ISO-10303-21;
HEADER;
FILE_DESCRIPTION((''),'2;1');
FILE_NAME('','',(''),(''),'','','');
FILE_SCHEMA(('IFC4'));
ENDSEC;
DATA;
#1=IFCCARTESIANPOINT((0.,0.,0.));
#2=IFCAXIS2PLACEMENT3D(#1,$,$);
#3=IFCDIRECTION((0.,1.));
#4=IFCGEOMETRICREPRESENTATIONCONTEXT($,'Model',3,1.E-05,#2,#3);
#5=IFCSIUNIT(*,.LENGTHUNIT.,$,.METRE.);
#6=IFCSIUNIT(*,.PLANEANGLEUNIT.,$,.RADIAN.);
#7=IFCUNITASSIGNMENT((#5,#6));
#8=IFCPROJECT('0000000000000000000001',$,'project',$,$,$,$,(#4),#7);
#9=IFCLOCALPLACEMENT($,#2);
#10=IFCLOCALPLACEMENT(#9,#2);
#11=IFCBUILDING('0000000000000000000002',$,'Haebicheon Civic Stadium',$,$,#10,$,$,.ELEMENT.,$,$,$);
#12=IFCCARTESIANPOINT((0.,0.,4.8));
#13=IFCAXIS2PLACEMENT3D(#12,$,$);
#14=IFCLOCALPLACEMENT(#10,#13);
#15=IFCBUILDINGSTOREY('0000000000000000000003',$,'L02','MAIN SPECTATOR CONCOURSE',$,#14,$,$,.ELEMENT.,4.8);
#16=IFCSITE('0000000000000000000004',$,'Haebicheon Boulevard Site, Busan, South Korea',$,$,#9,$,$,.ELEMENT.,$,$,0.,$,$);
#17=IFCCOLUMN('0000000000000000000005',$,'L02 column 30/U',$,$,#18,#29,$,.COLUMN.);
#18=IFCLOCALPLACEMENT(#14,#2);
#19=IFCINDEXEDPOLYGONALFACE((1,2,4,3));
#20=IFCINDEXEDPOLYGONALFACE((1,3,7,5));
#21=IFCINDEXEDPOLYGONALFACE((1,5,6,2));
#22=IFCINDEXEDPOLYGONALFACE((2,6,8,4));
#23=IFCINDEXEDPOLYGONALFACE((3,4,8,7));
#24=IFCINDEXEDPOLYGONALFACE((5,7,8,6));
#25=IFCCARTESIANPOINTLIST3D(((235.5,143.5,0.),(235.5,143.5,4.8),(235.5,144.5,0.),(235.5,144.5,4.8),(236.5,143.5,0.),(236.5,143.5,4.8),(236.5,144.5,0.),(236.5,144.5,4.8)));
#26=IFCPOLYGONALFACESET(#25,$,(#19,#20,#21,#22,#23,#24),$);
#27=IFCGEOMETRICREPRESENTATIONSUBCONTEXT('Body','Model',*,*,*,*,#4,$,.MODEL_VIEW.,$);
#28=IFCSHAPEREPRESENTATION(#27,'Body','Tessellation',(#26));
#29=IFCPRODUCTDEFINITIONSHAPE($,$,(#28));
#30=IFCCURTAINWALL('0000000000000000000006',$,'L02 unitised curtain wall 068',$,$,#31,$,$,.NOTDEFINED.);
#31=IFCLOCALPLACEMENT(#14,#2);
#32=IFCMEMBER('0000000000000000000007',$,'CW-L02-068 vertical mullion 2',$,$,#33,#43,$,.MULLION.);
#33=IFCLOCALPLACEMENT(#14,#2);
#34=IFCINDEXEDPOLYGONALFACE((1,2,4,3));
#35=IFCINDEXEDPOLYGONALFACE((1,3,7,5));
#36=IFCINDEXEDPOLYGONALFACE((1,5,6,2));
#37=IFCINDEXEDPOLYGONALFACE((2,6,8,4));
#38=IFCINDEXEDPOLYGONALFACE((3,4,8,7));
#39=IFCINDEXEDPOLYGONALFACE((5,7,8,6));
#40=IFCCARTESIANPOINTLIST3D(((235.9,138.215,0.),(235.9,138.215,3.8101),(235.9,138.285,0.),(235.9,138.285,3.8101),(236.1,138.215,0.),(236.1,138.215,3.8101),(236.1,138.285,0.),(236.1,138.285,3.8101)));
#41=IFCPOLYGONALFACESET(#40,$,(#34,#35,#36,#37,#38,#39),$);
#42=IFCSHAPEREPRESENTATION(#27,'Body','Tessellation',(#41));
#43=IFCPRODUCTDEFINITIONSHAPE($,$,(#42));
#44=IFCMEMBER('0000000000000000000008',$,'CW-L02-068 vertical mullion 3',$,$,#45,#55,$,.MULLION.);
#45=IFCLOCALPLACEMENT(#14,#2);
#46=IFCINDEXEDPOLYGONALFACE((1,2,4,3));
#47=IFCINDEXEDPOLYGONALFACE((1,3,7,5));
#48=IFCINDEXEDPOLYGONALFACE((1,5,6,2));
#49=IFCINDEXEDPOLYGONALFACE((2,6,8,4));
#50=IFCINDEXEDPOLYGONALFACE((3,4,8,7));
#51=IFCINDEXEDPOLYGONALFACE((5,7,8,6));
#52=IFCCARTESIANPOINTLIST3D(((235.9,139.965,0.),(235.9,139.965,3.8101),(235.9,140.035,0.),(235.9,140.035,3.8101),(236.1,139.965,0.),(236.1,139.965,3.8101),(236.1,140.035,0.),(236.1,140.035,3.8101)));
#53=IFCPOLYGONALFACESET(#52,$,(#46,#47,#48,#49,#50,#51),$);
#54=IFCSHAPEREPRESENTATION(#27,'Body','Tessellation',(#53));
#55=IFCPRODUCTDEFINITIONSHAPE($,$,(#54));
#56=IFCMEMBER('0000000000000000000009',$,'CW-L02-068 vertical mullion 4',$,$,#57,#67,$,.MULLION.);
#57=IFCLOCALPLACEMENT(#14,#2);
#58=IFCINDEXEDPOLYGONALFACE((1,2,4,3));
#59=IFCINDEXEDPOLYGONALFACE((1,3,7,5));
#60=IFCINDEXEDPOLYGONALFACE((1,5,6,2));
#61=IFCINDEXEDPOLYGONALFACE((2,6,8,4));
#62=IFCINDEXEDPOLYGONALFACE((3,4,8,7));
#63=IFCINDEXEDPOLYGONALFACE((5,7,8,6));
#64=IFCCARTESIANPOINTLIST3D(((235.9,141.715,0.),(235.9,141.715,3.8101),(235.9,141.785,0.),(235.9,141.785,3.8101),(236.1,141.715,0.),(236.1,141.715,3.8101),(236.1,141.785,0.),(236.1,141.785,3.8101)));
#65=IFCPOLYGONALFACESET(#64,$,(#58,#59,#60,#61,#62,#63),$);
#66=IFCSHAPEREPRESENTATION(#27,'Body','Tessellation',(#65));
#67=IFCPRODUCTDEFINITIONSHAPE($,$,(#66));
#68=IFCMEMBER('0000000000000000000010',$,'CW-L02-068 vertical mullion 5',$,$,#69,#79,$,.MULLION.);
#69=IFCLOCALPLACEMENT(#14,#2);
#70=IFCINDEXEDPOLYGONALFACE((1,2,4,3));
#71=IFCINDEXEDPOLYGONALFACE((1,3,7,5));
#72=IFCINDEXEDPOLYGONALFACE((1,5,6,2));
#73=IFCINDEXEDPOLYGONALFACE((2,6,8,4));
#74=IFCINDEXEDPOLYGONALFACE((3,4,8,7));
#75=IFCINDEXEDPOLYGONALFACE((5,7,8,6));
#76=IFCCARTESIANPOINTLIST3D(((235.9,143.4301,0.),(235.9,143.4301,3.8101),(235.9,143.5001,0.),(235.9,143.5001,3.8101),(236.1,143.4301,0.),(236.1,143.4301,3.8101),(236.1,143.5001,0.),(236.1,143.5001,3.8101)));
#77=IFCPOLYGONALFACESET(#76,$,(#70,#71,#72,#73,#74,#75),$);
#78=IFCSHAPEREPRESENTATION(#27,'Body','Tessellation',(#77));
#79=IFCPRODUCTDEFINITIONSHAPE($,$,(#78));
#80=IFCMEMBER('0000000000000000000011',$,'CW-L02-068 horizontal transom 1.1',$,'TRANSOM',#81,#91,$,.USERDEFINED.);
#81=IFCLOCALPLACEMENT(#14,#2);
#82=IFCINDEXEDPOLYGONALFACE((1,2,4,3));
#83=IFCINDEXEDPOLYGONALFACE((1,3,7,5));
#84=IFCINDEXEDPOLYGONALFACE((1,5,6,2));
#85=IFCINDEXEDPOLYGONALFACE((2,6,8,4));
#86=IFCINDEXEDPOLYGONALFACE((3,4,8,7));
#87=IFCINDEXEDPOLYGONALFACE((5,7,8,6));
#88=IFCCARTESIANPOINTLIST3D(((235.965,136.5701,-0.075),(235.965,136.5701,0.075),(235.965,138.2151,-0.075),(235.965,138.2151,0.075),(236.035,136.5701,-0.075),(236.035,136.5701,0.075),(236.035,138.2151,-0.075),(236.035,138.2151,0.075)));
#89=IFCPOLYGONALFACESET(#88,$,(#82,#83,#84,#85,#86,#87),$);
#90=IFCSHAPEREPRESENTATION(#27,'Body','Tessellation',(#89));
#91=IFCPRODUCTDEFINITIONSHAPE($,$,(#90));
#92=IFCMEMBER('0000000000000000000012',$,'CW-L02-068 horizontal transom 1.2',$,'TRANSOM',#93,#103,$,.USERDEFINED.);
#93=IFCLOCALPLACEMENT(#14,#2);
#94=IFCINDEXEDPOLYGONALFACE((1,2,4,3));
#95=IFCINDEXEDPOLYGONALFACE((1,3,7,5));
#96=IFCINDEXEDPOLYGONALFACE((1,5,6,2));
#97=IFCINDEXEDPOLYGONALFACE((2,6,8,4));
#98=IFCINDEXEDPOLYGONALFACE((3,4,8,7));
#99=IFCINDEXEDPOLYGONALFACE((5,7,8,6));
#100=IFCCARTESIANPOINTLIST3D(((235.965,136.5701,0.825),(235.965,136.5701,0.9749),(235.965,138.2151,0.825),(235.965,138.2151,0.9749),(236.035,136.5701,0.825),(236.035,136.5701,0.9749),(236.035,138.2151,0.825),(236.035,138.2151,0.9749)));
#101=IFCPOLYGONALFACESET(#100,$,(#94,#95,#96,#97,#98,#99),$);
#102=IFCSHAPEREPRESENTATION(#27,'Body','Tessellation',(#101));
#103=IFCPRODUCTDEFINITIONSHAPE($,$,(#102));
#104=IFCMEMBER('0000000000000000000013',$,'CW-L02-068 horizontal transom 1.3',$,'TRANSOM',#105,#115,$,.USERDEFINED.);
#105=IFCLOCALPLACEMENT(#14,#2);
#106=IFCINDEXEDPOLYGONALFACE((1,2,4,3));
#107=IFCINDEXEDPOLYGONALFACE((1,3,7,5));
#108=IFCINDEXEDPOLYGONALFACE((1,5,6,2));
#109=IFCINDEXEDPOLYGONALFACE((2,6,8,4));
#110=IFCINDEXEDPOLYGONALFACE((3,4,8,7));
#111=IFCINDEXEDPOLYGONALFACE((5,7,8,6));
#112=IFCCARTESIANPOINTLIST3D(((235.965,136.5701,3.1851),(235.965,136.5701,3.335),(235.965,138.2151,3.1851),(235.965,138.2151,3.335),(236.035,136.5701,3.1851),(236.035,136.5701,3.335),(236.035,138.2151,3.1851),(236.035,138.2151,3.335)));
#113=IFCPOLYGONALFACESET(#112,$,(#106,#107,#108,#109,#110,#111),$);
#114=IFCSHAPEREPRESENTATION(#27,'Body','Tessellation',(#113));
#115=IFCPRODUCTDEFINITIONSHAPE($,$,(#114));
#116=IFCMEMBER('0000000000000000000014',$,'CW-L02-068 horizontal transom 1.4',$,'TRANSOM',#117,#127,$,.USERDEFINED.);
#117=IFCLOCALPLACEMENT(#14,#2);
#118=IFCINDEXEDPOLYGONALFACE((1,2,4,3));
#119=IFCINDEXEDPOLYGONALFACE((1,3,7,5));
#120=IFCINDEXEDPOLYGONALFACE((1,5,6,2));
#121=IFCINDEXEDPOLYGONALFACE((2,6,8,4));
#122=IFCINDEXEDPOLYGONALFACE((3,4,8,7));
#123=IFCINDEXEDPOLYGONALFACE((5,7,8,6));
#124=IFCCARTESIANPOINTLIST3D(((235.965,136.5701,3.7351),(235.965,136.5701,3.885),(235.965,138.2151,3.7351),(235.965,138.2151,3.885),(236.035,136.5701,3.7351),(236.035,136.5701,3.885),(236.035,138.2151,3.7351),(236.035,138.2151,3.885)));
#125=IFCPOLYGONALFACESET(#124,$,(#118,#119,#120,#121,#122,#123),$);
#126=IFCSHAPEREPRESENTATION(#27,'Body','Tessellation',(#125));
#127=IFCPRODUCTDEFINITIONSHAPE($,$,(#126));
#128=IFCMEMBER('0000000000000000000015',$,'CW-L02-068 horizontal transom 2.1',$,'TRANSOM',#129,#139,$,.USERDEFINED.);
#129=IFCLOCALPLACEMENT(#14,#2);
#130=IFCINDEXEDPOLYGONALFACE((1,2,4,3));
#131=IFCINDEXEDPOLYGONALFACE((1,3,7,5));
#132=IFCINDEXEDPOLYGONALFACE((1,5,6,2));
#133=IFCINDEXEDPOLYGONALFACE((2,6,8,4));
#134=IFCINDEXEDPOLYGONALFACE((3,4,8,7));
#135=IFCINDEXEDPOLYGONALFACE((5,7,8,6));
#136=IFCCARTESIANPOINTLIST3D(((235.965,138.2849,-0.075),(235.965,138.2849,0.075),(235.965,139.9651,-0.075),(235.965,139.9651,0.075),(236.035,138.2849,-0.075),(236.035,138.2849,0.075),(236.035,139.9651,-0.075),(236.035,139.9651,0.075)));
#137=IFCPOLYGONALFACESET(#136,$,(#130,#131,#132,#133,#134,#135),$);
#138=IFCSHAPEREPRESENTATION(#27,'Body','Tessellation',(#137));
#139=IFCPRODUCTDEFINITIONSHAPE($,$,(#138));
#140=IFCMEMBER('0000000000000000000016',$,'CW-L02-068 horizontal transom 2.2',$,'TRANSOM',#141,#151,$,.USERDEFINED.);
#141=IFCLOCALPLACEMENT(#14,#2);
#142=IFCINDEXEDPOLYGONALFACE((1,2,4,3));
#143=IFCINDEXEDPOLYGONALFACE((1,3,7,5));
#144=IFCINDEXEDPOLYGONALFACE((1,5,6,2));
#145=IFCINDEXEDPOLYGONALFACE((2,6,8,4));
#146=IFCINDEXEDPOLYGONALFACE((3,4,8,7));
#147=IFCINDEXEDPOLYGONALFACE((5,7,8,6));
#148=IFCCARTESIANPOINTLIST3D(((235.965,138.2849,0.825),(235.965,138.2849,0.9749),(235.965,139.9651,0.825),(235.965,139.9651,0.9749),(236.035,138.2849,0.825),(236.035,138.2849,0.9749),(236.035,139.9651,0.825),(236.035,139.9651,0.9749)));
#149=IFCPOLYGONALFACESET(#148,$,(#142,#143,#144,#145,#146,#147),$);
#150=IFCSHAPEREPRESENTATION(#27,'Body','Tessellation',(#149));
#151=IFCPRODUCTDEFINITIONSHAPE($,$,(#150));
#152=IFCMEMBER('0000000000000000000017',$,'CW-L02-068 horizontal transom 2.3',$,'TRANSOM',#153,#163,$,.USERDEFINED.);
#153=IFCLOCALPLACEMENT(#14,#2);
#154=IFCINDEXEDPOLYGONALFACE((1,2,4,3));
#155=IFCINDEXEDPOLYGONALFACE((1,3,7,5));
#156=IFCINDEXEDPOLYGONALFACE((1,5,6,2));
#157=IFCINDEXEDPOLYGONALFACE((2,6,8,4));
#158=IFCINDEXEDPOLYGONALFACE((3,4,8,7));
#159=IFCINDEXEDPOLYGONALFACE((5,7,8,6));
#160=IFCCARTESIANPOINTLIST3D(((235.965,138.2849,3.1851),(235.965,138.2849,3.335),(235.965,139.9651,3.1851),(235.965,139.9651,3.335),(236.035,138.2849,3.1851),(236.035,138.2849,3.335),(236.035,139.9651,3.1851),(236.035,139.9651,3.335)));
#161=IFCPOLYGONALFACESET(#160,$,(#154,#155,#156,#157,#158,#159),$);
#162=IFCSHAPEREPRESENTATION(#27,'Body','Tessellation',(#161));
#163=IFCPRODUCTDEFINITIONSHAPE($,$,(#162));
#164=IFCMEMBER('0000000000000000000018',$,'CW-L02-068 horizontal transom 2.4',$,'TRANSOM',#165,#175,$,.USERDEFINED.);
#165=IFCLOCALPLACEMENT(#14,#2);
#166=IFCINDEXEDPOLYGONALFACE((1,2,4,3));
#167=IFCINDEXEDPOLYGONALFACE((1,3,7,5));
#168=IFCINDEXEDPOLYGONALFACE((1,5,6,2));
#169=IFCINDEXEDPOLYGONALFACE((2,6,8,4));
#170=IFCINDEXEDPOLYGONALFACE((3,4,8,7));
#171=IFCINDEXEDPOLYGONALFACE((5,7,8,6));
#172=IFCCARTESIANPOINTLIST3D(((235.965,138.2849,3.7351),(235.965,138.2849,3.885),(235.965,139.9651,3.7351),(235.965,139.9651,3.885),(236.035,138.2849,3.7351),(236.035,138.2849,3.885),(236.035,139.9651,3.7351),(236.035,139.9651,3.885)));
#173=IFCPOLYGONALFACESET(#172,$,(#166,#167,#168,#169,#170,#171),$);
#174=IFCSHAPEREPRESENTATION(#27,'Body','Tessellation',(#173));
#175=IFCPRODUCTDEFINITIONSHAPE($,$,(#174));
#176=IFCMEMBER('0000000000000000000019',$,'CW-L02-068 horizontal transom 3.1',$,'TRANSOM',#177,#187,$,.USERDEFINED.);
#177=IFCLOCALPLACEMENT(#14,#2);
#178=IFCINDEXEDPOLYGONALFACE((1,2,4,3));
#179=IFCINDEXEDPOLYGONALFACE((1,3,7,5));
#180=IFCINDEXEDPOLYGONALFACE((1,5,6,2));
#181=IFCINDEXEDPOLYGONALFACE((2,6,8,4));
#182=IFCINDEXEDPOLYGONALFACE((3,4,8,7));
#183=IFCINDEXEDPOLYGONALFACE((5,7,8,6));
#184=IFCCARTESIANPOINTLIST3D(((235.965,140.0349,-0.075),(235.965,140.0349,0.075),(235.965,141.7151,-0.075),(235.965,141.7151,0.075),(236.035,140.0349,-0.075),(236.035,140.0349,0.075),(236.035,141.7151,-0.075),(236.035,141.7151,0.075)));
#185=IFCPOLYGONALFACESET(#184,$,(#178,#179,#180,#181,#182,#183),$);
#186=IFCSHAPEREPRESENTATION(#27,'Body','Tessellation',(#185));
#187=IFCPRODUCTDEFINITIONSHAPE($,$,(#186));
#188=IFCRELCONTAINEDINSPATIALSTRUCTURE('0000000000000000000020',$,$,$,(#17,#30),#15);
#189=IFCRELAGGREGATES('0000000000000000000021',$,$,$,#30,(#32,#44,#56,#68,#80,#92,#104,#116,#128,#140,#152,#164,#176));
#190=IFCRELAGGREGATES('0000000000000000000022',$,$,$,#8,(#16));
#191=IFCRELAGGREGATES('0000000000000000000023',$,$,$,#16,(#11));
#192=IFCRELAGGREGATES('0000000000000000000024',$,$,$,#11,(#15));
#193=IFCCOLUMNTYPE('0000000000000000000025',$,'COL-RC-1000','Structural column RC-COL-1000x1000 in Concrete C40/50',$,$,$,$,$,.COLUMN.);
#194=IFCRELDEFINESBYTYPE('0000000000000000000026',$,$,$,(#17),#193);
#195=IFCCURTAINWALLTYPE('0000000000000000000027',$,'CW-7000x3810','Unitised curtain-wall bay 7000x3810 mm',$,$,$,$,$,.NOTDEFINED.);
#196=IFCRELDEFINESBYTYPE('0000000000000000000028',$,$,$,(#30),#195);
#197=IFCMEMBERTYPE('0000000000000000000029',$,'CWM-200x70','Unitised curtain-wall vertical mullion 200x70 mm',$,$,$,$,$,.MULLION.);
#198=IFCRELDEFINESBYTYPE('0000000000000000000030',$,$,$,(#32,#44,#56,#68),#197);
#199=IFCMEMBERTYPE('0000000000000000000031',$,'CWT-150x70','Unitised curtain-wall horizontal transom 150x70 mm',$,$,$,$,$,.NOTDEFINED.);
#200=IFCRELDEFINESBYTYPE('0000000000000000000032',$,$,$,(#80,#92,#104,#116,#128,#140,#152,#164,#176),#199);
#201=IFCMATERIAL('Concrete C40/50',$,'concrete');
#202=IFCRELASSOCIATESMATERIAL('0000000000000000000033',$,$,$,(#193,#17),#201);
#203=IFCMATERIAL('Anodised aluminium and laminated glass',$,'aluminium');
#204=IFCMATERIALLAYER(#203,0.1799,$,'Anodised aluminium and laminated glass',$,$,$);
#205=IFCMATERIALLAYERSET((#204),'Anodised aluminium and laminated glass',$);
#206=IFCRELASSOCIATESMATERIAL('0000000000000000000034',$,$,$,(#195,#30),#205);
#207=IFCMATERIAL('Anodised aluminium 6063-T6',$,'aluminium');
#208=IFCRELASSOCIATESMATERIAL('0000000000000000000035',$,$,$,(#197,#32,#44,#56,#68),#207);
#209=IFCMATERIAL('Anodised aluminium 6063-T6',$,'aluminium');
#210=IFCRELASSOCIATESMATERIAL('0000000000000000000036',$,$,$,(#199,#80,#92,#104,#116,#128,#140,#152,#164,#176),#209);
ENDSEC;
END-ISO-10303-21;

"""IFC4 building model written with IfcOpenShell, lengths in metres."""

from ifc_helpers import new_model, si_unit, direction, frame, origin, origin_2d, place, context, subcontext, project, spatial, rectangle, extrude, material, layer, layer_set, material_profile, profile_set, type_object, element, aggregate, save


model = new_model("IFC4")

# Units and contexts
model_context = context("Model", 3, precision=1e-05, world=origin(), true_north=direction((0.0, 1.0)))
body_context = subcontext(model_context, "Body", "Model", "MODEL_VIEW")
ifc_project = project(units=[si_unit("LENGTHUNIT", "METRE"), si_unit("PLANEANGLEUNIT", "RADIAN")], contexts=[model_context])

# Site, building, storey
site_placement = place(None, origin())
site = spatial("IfcSite", under=ifc_project, at=site_placement, Name="Haebicheon Boulevard Site, Busan, South Korea", CompositionType="ELEMENT", RefElevation=0.0)
building_placement = place(site_placement, origin())
building = spatial("IfcBuilding", under=site, at=building_placement, Name="Haebicheon Civic Stadium", CompositionType="ELEMENT")
storey_placement = place(building_placement, frame((0.0, 0.0, 4.8)))
storey = spatial("IfcBuildingStorey", under=building, at=storey_placement, Name="L02", Description="MAIN SPECTATOR CONCOURSE", CompositionType="ELEMENT", Elevation=4.8)

# Column
ifc_material_1 = material(Name="Concrete C40/50", Category="concrete")
ifc_material_profile_1 = material_profile(ifc_material_1, rectangle(XDim=1.0, YDim=1.0, at=origin_2d()), Name="RC-COL-1000x1000")
ifc_profile_set_1 = profile_set([ifc_material_profile_1], Name="Concrete C40/50")
column_type = type_object("IfcColumnType", Name="COL-RC-1000", Description="Structural column RC-COL-1000x1000 in Concrete C40/50", PredefinedType="COLUMN", material=ifc_profile_set_1)
column_placement = place(storey_placement, frame((236.0, 144.0, 0.0), z_axis=(0.0, 0.0, 1.0), x_axis=(1.0, 0.0, 0.0)))
element("IfcColumn", 1, at=column_placement, inside=storey, type_object=column_type, material=ifc_profile_set_1, Name="L02 column 30/U", PredefinedType="COLUMN", context=body_context, shape_type="SweptSolid", body=[
    extrude(rectangle(XDim=1.0, YDim=1.0, at=origin_2d()), origin(), (0.0, 0.0, 1.0), 4.8),
])

# Curtain wall, members
ifc_material_2 = material(Name="Anodised aluminium and laminated glass", Category="aluminium")
ifc_layer_1 = layer(ifc_material_2, 0.1799, Name="Anodised aluminium and laminated glass")
ifc_layer_set_1 = layer_set([ifc_layer_1], Name="Anodised aluminium and laminated glass")
curtain_wall_type = type_object("IfcCurtainWallType", Name="CW-7000x3810", Description="Unitised curtain-wall bay 7000x3810 mm", PredefinedType="NOTDEFINED", material=ifc_layer_set_1)
curtain_wall_placement = place(storey_placement, origin())
curtain_wall = element("IfcCurtainWall", 2, at=curtain_wall_placement, inside=storey, type_object=curtain_wall_type, material=ifc_layer_set_1, Name="L02 unitised curtain wall 068", PredefinedType="NOTDEFINED")
ifc_material_3 = material(Name="Anodised aluminium 6063-T6", Category="aluminium")
ifc_material_profile_2 = material_profile(ifc_material_3, rectangle(XDim=0.0701, YDim=0.2, at=origin_2d()), Name="ALU-MULL-70x200")
ifc_profile_set_2 = profile_set([ifc_material_profile_2], Name="Anodised aluminium 6063-T6")
member_type_1 = type_object("IfcMemberType", Name="CWM-200x70", Description="Unitised curtain-wall vertical mullion 200x70 mm", PredefinedType="MULLION", material=ifc_profile_set_2)
member_1_placement = place(storey_placement, frame((236.0, 138.25, 0.0), z_axis=(0.0, 0.0, 1.0), x_axis=(0.0, 1.0, 0.0)))
member_1 = element("IfcMember", 3, at=member_1_placement, type_object=member_type_1, material=ifc_profile_set_2, Name="CW-L02-068 vertical mullion 2", PredefinedType="MULLION", context=body_context, shape_type="SweptSolid", body=[
    extrude(rectangle(XDim=0.0701, YDim=0.2, at=origin_2d()), origin(), (0.0, 0.0, 1.0), 3.8101),
])
member_2_placement = place(storey_placement, frame((236.0, 140.0, 0.0), z_axis=(0.0, 0.0, 1.0), x_axis=(0.0, 1.0, 0.0)))
member_2 = element("IfcMember", 4, at=member_2_placement, type_object=member_type_1, material=ifc_profile_set_2, Name="CW-L02-068 vertical mullion 3", PredefinedType="MULLION", context=body_context, shape_type="SweptSolid", body=[
    extrude(rectangle(XDim=0.0701, YDim=0.2, at=origin_2d()), origin(), (0.0, 0.0, 1.0), 3.8101),
])
member_3_placement = place(storey_placement, frame((236.0, 141.75, 0.0), z_axis=(0.0, 0.0, 1.0), x_axis=(0.0, 1.0, 0.0)))
member_3 = element("IfcMember", 5, at=member_3_placement, type_object=member_type_1, material=ifc_profile_set_2, Name="CW-L02-068 vertical mullion 4", PredefinedType="MULLION", context=body_context, shape_type="SweptSolid", body=[
    extrude(rectangle(XDim=0.0701, YDim=0.2, at=origin_2d()), origin(), (0.0, 0.0, 1.0), 3.8101),
])
member_4_placement = place(storey_placement, frame((236.0, 143.4651, 0.0), z_axis=(0.0, 0.0, 1.0), x_axis=(0.0, 1.0, 0.0)))
member_4 = element("IfcMember", 6, at=member_4_placement, type_object=member_type_1, material=ifc_profile_set_2, Name="CW-L02-068 vertical mullion 5", PredefinedType="MULLION", context=body_context, shape_type="SweptSolid", body=[
    extrude(rectangle(XDim=0.0701, YDim=0.2, at=origin_2d()), origin(), (0.0, 0.0, 1.0), 3.8101),
])
ifc_material_4 = material(Name="Anodised aluminium 6063-T6", Category="aluminium")
ifc_material_profile_3 = material_profile(ifc_material_4, rectangle(XDim=0.0701, YDim=0.1499, at=origin_2d()), Name="ALU-TRAN-70x150")
ifc_profile_set_3 = profile_set([ifc_material_profile_3], Name="Anodised aluminium 6063-T6")
member_type_2 = type_object("IfcMemberType", Name="CWT-150x70", Description="Unitised curtain-wall horizontal transom 150x70 mm", PredefinedType="NOTDEFINED", material=ifc_profile_set_3)
member_5_placement = place(storey_placement, frame((236.0, 136.5701, 0.0), z_axis=(0.0, 1.0, 0.0), x_axis=(-1.0, 0.0, 0.0)))
member_5 = element("IfcMember", 7, at=member_5_placement, type_object=member_type_2, material=ifc_profile_set_3, Name="CW-L02-068 horizontal transom 1.1", ObjectType="TRANSOM", PredefinedType="USERDEFINED", context=body_context, shape_type="SweptSolid", body=[
    extrude(rectangle(XDim=0.0701, YDim=0.1499, at=origin_2d()), origin(), (0.0, 0.0, 1.0), 1.645),
])
member_6_placement = place(storey_placement, frame((236.0, 136.5701, 0.8999), z_axis=(0.0, 1.0, 0.0), x_axis=(-1.0, 0.0, 0.0)))
member_6 = element("IfcMember", 8, at=member_6_placement, type_object=member_type_2, material=ifc_profile_set_3, Name="CW-L02-068 horizontal transom 1.2", ObjectType="TRANSOM", PredefinedType="USERDEFINED", context=body_context, shape_type="SweptSolid", body=[
    extrude(rectangle(XDim=0.0701, YDim=0.1499, at=origin_2d()), origin(), (0.0, 0.0, 1.0), 1.645),
])
member_7_placement = place(storey_placement, frame((236.0, 136.5701, 3.26), z_axis=(0.0, 1.0, 0.0), x_axis=(-1.0, 0.0, 0.0)))
member_7 = element("IfcMember", 9, at=member_7_placement, type_object=member_type_2, material=ifc_profile_set_3, Name="CW-L02-068 horizontal transom 1.3", ObjectType="TRANSOM", PredefinedType="USERDEFINED", context=body_context, shape_type="SweptSolid", body=[
    extrude(rectangle(XDim=0.0701, YDim=0.1499, at=origin_2d()), origin(), (0.0, 0.0, 1.0), 1.645),
])
member_8_placement = place(storey_placement, frame((236.0, 136.5701, 3.8101), z_axis=(0.0, 1.0, 0.0), x_axis=(-1.0, 0.0, 0.0)))
member_8 = element("IfcMember", 10, at=member_8_placement, type_object=member_type_2, material=ifc_profile_set_3, Name="CW-L02-068 horizontal transom 1.4", ObjectType="TRANSOM", PredefinedType="USERDEFINED", context=body_context, shape_type="SweptSolid", body=[
    extrude(rectangle(XDim=0.0701, YDim=0.1499, at=origin_2d()), origin(), (0.0, 0.0, 1.0), 1.645),
])
member_9_placement = place(storey_placement, frame((236.0, 138.2849, 0.0), z_axis=(0.0, 1.0, 0.0), x_axis=(-1.0, 0.0, 0.0)))
member_9 = element("IfcMember", 11, at=member_9_placement, type_object=member_type_2, material=ifc_profile_set_3, Name="CW-L02-068 horizontal transom 2.1", ObjectType="TRANSOM", PredefinedType="USERDEFINED", context=body_context, shape_type="SweptSolid", body=[
    extrude(rectangle(XDim=0.0701, YDim=0.1499, at=origin_2d()), origin(), (0.0, 0.0, 1.0), 1.6802),
])
member_10_placement = place(storey_placement, frame((236.0, 138.2849, 0.8999), z_axis=(0.0, 1.0, 0.0), x_axis=(-1.0, 0.0, 0.0)))
member_10 = element("IfcMember", 12, at=member_10_placement, type_object=member_type_2, material=ifc_profile_set_3, Name="CW-L02-068 horizontal transom 2.2", ObjectType="TRANSOM", PredefinedType="USERDEFINED", context=body_context, shape_type="SweptSolid", body=[
    extrude(rectangle(XDim=0.0701, YDim=0.1499, at=origin_2d()), origin(), (0.0, 0.0, 1.0), 1.6802),
])
member_11_placement = place(storey_placement, frame((236.0, 138.2849, 3.26), z_axis=(0.0, 1.0, 0.0), x_axis=(-1.0, 0.0, 0.0)))
member_11 = element("IfcMember", 13, at=member_11_placement, type_object=member_type_2, material=ifc_profile_set_3, Name="CW-L02-068 horizontal transom 2.3", ObjectType="TRANSOM", PredefinedType="USERDEFINED", context=body_context, shape_type="SweptSolid", body=[
    extrude(rectangle(XDim=0.0701, YDim=0.1499, at=origin_2d()), origin(), (0.0, 0.0, 1.0), 1.6802),
])
member_12_placement = place(storey_placement, frame((236.0, 138.2849, 3.8101), z_axis=(0.0, 1.0, 0.0), x_axis=(-1.0, 0.0, 0.0)))
member_12 = element("IfcMember", 14, at=member_12_placement, type_object=member_type_2, material=ifc_profile_set_3, Name="CW-L02-068 horizontal transom 2.4", ObjectType="TRANSOM", PredefinedType="USERDEFINED", context=body_context, shape_type="SweptSolid", body=[
    extrude(rectangle(XDim=0.0701, YDim=0.1499, at=origin_2d()), origin(), (0.0, 0.0, 1.0), 1.6802),
])
member_13_placement = place(storey_placement, frame((236.0, 140.0349, 0.0), z_axis=(0.0, 1.0, 0.0), x_axis=(-1.0, 0.0, 0.0)))
member_13 = element("IfcMember", 15, at=member_13_placement, type_object=member_type_2, material=ifc_profile_set_3, Name="CW-L02-068 horizontal transom 3.1", ObjectType="TRANSOM", PredefinedType="USERDEFINED", context=body_context, shape_type="SweptSolid", body=[
    extrude(rectangle(XDim=0.0701, YDim=0.1499, at=origin_2d()), origin(), (0.0, 0.0, 1.0), 1.6802),
])

aggregate(curtain_wall, [member_1, member_2, member_3, member_4, member_5, member_6, member_7, member_8, member_9, member_10, member_11, member_12, member_13])

save(model, "model.ifc")
